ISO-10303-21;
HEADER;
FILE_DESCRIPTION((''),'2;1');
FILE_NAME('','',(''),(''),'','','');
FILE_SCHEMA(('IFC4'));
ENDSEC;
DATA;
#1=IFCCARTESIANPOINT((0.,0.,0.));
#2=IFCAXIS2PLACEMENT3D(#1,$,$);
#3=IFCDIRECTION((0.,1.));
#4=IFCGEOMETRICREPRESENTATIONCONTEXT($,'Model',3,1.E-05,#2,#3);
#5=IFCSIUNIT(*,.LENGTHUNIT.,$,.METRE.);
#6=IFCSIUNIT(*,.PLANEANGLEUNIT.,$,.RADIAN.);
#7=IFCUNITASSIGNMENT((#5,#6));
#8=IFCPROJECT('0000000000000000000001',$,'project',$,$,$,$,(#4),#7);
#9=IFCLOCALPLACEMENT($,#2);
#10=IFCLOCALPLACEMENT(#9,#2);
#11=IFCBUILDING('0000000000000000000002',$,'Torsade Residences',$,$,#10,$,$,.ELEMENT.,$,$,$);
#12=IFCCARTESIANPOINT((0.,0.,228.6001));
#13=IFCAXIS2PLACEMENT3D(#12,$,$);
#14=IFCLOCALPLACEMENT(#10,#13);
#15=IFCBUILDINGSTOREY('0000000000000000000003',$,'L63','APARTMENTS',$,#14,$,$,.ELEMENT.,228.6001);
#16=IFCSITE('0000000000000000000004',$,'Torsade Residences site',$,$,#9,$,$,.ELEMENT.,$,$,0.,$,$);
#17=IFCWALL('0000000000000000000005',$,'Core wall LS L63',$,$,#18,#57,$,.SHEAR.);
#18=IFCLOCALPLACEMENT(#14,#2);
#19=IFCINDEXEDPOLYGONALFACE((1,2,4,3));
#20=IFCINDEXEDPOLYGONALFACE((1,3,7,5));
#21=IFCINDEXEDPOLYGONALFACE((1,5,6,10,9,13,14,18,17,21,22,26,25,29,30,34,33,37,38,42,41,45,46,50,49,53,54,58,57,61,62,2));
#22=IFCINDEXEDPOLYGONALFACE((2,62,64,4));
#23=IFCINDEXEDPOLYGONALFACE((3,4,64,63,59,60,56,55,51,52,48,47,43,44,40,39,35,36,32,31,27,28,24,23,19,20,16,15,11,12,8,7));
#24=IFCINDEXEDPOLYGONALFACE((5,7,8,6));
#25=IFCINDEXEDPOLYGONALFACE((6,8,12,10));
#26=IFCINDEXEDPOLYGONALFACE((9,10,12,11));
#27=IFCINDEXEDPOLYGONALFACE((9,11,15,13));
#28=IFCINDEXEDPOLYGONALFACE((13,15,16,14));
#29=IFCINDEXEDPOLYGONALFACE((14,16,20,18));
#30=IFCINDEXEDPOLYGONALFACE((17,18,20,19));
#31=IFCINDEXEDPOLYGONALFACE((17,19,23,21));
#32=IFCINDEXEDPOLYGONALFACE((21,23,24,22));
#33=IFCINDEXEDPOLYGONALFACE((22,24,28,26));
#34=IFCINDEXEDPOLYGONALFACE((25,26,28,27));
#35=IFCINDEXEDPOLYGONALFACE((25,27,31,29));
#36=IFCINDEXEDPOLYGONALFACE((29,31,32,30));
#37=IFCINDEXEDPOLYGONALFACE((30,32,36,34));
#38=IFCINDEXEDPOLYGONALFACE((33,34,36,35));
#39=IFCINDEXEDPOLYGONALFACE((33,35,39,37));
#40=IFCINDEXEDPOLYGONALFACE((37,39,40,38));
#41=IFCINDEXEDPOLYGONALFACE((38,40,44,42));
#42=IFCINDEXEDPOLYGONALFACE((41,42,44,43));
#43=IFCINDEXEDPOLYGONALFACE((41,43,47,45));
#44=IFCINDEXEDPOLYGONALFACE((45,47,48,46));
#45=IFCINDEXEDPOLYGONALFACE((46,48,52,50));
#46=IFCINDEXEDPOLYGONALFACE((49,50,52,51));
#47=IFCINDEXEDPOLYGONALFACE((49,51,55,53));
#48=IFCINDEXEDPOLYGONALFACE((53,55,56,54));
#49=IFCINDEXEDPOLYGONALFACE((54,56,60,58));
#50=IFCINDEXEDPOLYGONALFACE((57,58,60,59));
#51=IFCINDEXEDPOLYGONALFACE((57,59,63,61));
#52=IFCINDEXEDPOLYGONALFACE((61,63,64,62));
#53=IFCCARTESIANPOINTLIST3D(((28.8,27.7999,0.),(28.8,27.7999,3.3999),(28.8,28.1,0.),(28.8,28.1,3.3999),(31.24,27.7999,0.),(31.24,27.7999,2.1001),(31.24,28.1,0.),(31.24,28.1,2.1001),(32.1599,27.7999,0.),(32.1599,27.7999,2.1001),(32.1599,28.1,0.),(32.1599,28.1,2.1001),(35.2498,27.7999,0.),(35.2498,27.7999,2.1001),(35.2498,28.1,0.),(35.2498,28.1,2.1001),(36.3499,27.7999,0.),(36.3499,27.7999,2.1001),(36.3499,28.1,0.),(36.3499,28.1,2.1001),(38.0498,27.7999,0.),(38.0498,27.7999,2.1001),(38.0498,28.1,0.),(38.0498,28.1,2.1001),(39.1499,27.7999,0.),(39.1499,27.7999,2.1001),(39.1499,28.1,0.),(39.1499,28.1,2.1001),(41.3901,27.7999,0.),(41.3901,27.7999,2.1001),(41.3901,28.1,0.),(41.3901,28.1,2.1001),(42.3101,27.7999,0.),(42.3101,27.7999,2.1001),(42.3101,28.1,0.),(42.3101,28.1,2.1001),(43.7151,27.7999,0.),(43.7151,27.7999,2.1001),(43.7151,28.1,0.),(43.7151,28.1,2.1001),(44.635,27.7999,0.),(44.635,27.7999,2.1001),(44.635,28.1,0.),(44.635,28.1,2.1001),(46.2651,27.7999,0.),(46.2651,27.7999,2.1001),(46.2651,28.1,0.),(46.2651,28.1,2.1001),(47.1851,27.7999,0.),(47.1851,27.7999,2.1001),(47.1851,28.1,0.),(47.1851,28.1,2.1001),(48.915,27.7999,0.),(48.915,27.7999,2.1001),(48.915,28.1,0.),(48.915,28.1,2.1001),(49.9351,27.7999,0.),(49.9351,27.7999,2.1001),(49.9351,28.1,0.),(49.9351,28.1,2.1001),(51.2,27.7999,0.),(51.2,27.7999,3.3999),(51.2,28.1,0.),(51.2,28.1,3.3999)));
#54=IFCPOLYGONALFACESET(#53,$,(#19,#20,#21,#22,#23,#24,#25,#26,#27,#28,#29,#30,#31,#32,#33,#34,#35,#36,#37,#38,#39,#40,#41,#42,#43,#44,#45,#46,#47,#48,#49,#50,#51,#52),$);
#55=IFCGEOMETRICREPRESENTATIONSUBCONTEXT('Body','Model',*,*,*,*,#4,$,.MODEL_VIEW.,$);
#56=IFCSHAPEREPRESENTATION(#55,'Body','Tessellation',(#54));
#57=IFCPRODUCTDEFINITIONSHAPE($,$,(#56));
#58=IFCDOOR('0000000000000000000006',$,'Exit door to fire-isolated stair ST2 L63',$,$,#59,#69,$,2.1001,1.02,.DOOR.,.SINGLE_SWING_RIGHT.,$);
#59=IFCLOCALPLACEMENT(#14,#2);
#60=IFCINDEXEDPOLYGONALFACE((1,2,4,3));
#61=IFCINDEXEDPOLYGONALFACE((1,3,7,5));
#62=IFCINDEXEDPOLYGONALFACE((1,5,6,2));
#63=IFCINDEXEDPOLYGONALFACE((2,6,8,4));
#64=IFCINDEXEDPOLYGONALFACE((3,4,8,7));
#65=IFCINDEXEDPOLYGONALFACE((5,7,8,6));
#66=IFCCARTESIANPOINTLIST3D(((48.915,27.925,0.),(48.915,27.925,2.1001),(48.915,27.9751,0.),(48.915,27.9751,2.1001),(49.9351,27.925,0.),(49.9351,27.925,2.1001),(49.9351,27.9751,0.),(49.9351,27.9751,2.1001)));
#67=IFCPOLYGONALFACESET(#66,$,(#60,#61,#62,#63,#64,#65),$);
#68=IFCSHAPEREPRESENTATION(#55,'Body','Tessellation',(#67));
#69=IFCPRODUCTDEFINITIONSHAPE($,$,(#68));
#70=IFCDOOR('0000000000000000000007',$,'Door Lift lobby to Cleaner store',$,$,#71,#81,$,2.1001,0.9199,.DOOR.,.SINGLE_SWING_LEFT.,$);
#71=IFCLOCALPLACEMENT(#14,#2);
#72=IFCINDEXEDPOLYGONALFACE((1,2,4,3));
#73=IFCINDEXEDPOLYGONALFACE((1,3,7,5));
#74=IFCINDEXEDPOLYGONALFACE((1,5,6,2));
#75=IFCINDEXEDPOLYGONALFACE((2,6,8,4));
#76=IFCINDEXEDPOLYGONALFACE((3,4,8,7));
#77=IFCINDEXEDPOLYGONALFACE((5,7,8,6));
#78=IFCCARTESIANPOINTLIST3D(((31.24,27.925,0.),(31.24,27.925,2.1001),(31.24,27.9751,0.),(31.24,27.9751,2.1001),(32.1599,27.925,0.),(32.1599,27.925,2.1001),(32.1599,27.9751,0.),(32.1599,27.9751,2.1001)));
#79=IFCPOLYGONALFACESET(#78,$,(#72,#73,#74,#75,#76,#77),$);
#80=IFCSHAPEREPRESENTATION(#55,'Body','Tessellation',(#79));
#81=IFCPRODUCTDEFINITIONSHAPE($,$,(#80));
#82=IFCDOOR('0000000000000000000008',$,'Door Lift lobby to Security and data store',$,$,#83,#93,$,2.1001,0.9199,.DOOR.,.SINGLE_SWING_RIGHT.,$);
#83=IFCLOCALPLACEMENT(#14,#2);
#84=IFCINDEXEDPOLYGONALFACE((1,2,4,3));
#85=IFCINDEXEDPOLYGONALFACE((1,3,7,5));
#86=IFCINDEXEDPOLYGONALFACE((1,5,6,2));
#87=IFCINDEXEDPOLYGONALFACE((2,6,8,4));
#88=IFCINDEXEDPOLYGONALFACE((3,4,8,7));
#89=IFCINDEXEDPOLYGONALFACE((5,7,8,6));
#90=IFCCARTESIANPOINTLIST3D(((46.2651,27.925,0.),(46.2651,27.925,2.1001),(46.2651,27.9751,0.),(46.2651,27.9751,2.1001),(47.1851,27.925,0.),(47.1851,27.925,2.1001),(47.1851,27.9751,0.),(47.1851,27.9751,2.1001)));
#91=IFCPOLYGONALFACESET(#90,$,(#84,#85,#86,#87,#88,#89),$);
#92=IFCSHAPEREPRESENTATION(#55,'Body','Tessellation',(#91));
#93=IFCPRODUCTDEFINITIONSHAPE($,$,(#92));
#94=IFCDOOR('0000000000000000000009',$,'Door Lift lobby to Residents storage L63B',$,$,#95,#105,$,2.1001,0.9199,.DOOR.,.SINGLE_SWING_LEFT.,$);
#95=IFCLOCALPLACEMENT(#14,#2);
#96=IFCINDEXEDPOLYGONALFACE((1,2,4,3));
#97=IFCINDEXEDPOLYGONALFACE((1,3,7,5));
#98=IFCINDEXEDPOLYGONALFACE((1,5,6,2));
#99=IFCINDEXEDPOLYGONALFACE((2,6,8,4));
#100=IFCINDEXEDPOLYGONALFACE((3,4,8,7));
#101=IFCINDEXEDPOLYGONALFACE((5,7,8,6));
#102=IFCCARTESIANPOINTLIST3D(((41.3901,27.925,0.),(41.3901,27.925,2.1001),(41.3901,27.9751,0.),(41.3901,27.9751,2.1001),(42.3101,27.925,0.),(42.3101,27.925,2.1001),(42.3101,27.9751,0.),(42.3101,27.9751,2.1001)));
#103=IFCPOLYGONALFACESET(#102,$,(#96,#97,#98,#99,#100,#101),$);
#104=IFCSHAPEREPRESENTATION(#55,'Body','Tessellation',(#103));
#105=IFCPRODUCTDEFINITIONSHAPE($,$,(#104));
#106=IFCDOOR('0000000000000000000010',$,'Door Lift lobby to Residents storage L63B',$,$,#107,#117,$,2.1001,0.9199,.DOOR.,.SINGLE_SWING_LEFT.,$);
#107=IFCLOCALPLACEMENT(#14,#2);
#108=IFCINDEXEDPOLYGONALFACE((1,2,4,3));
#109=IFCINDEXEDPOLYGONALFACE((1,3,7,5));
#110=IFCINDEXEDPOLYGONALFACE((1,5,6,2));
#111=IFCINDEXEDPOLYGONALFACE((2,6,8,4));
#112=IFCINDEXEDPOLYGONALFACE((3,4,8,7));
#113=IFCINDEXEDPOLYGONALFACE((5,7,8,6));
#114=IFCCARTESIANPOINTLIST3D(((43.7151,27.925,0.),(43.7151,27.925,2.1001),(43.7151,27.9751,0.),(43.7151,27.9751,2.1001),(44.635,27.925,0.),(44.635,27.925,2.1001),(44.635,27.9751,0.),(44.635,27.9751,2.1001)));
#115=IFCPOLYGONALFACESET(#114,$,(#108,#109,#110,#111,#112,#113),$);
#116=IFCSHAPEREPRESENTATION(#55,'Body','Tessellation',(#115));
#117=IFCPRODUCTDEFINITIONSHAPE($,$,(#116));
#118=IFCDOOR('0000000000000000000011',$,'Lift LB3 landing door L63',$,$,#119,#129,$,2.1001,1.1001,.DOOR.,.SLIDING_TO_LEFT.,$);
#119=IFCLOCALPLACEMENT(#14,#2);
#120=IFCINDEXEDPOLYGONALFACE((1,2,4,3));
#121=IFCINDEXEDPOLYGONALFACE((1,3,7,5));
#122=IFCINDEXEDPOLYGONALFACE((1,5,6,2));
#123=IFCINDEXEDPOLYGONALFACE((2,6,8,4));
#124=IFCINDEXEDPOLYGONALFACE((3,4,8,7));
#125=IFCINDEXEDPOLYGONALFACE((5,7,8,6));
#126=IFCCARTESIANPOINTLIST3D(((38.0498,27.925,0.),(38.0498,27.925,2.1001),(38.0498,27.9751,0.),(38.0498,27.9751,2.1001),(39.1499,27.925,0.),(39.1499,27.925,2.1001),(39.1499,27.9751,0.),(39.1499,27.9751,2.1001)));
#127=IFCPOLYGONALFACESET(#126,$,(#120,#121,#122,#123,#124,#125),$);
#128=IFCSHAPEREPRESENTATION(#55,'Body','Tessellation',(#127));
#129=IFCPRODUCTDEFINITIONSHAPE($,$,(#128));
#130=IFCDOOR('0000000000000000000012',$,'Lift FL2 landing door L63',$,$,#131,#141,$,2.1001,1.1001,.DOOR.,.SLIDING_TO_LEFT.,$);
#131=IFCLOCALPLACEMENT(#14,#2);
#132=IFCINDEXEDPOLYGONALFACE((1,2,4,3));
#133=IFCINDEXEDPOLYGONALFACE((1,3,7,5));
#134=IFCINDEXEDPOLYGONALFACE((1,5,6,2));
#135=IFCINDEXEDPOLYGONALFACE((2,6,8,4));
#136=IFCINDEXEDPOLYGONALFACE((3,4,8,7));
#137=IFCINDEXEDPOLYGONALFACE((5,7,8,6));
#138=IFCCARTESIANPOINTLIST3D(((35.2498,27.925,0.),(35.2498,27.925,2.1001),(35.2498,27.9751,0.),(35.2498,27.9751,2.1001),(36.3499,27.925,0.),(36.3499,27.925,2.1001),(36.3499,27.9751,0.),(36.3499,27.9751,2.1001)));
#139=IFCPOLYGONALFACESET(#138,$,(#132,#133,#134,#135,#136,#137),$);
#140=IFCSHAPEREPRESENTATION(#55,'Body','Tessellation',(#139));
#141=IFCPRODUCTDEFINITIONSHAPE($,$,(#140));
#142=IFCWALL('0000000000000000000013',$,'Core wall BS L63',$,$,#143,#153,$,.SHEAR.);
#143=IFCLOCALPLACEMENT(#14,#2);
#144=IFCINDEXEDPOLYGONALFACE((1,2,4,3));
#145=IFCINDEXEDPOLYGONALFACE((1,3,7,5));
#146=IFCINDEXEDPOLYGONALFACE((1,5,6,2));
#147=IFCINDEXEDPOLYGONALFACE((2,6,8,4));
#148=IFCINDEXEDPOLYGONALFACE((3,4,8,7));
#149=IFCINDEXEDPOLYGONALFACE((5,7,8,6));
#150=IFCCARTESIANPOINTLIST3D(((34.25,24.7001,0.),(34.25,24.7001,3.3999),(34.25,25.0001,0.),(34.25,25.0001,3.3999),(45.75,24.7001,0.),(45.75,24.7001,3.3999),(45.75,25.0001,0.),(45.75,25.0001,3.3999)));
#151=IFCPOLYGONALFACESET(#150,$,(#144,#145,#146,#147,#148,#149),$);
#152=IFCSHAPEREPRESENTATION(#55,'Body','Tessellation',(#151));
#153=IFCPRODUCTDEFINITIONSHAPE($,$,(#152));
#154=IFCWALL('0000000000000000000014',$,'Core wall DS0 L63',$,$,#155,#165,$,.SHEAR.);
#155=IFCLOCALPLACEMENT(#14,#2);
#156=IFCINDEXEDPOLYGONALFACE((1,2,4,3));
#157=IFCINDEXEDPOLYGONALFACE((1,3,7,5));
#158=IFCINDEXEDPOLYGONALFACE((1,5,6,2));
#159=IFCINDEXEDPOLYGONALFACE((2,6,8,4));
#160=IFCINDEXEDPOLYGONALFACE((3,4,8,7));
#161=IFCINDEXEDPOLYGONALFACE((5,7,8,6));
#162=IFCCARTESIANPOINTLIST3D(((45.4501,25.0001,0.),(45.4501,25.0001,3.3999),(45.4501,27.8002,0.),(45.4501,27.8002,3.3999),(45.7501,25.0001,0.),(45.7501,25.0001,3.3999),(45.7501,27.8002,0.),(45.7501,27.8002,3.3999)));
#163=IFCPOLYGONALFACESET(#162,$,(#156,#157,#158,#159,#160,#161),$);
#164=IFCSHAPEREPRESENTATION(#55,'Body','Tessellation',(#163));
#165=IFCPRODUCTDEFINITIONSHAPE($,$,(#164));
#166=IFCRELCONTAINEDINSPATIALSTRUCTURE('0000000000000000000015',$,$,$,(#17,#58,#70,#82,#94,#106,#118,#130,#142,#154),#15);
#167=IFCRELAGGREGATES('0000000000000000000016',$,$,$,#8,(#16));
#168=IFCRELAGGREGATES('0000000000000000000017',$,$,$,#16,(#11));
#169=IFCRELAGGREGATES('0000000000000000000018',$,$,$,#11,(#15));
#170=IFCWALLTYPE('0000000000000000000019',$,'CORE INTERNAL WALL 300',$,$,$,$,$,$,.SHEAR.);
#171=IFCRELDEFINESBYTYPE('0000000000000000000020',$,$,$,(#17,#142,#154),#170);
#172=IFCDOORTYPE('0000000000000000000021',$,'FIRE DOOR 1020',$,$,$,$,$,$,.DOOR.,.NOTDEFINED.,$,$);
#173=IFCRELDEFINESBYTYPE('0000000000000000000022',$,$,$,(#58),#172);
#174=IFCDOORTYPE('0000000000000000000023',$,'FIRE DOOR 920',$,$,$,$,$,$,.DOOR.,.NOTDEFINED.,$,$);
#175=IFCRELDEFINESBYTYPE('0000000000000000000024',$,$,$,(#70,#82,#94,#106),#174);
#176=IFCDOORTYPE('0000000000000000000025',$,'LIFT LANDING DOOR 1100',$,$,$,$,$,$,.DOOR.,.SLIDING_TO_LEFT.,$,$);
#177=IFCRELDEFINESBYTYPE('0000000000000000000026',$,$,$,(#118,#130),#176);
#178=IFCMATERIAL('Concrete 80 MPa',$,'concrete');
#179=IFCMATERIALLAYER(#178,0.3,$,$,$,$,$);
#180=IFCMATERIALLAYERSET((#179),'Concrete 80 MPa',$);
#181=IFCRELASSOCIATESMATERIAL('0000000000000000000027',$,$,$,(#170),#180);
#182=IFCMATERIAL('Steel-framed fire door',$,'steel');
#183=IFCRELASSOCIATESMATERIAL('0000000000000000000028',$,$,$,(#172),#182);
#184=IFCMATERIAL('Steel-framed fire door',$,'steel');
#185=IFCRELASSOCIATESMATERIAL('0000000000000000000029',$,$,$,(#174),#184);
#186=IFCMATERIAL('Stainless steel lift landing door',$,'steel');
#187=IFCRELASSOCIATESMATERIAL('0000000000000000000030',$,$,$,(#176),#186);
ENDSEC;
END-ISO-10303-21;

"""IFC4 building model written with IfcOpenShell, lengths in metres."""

from ifc_helpers import new_model, si_unit, direction, frame, frame_2d, origin, place, context, subcontext, project, spatial, rectangle, extrude, material, layer, layer_set, type_object, element, fill, save


model = new_model("IFC4")

# Units and contexts
model_context = context("Model", 3, precision=1e-05, world=origin(), true_north=direction((0.0, 1.0)))
body_context = subcontext(model_context, "Body", "Model", "MODEL_VIEW")
ifc_project = project(units=[si_unit("LENGTHUNIT", "METRE"), si_unit("PLANEANGLEUNIT", "RADIAN")], contexts=[model_context])

# Site, building, storey
site_placement = place(None, origin())
site = spatial("IfcSite", under=ifc_project, at=site_placement, Name="Torsade Residences site", CompositionType="ELEMENT", RefElevation=0.0)
building_placement = place(site_placement, origin())
building = spatial("IfcBuilding", under=site, at=building_placement, Name="Torsade Residences", CompositionType="ELEMENT")
storey_placement = place(building_placement, frame((0.0, 0.0, 228.6001)))
storey = spatial("IfcBuildingStorey", under=building, at=storey_placement, Name="L63", Description="APARTMENTS", CompositionType="ELEMENT", Elevation=228.6001)

# Wall, openings, doors
ifc_material_1 = material(Name="Concrete 80 MPa", Category="concrete")
ifc_layer_1 = layer(ifc_material_1, 0.3)
ifc_layer_set_1 = layer_set([ifc_layer_1], Name="Concrete 80 MPa")
wall_type_1 = type_object("IfcWallType", Name="CORE INTERNAL WALL 300", PredefinedType="SHEAR", material=ifc_layer_set_1)
wall_1_placement = place(storey_placement, frame((51.2, 27.95, 0.0), z_axis=(0.0, 0.0, 1.0), x_axis=(-1.0, 0.0, 0.0)))
wall_1 = element("IfcWall", 1, at=wall_1_placement, inside=storey, type_object=wall_type_1, Name="Core wall LS L63", PredefinedType="SHEAR", context=body_context, shape_type="SweptSolid", body=[
    extrude(rectangle(XDim=22.3999, YDim=0.3, at=frame_2d((11.2, 0.0))), origin(), (0.0, 0.0, 1.0), 3.3999),
])
opening_1_placement = place(wall_1_placement, frame((19.04, 0.0, 0.0)))
opening_1 = element("IfcOpeningElement", 2, at=opening_1_placement, cuts=wall_1, PredefinedType="OPENING", context=body_context, shape_type="SweptSolid", body=[
    extrude(rectangle(XDim=0.9199, YDim=2.1001, at=frame_2d((0.46, 1.05))), frame((0.0, 0.1599, 0.0), z_axis=(0.0, -1.0, 0.0), x_axis=(1.0, 0.0, 0.0)), (0.0, 0.0, 1.0), 0.3201),
])
opening_2_placement = place(wall_1_placement, frame((1.2649, 0.0, 0.0)))
opening_2 = element("IfcOpeningElement", 3, at=opening_2_placement, cuts=wall_1, PredefinedType="OPENING", context=body_context, shape_type="SweptSolid", body=[
    extrude(rectangle(XDim=1.02, YDim=2.1001, at=frame_2d((0.51, 1.05))), frame((0.0, 0.1599, 0.0), z_axis=(0.0, -1.0, 0.0), x_axis=(1.0, 0.0, 0.0)), (0.0, 0.0, 1.0), 0.3201),
])
opening_3_placement = place(wall_1_placement, frame((4.0149, 0.0, 0.0)))
opening_3 = element("IfcOpeningElement", 4, at=opening_3_placement, cuts=wall_1, PredefinedType="OPENING", context=body_context, shape_type="SweptSolid", body=[
    extrude(rectangle(XDim=0.9199, YDim=2.1001, at=frame_2d((0.46, 1.05))), frame((0.0, 0.1599, 0.0), z_axis=(0.0, -1.0, 0.0), x_axis=(1.0, 0.0, 0.0)), (0.0, 0.0, 1.0), 0.3201),
])
opening_4_placement = place(wall_1_placement, frame((8.8899, 0.0, 0.0)))
opening_4 = element("IfcOpeningElement", 5, at=opening_4_placement, cuts=wall_1, PredefinedType="OPENING", context=body_context, shape_type="SweptSolid", body=[
    extrude(rectangle(XDim=0.9199, YDim=2.1001, at=frame_2d((0.46, 1.05))), frame((0.0, 0.1599, 0.0), z_axis=(0.0, -1.0, 0.0), x_axis=(1.0, 0.0, 0.0)), (0.0, 0.0, 1.0), 0.3201),
])
opening_5_placement = place(wall_1_placement, frame((6.5649, 0.0, 0.0)))
opening_5 = element("IfcOpeningElement", 6, at=opening_5_placement, cuts=wall_1, PredefinedType="OPENING", context=body_context, shape_type="SweptSolid", body=[
    extrude(rectangle(XDim=0.9199, YDim=2.1001, at=frame_2d((0.46, 1.05))), frame((0.0, 0.1599, 0.0), z_axis=(0.0, -1.0, 0.0), x_axis=(1.0, 0.0, 0.0)), (0.0, 0.0, 1.0), 0.3201),
])
opening_6_placement = place(wall_1_placement, frame((12.05, 0.0, 0.0)))
opening_6 = element("IfcOpeningElement", 7, at=opening_6_placement, cuts=wall_1, PredefinedType="OPENING", context=body_context, shape_type="SweptSolid", body=[
    extrude(rectangle(XDim=1.1001, YDim=2.1001, at=frame_2d((0.55, 1.05))), frame((0.0, 0.1599, 0.0), z_axis=(0.0, -1.0, 0.0), x_axis=(1.0, 0.0, 0.0)), (0.0, 0.0, 1.0), 0.3201),
])
opening_7_placement = place(wall_1_placement, frame((14.8501, 0.0, 0.0)))
opening_7 = element("IfcOpeningElement", 8, at=opening_7_placement, cuts=wall_1, PredefinedType="OPENING", context=body_context, shape_type="SweptSolid", body=[
    extrude(rectangle(XDim=1.1001, YDim=2.1001, at=frame_2d((0.55, 1.05))), frame((0.0, 0.1599, 0.0), z_axis=(0.0, -1.0, 0.0), x_axis=(1.0, 0.0, 0.0)), (0.0, 0.0, 1.0), 0.3201),
])
ifc_material_2 = material(Name="Steel-framed fire door", Category="steel")
door_type_1 = type_object("IfcDoorType", Name="FIRE DOOR 1020", OperationType="NOTDEFINED", PredefinedType="DOOR", material=ifc_material_2)
door_1_placement = place(opening_2_placement, origin())
door_1 = element("IfcDoor", 9, at=door_1_placement, inside=storey, type_object=door_type_1, Name="Exit door to fire-isolated stair ST2 L63", OperationType="SINGLE_SWING_RIGHT", OverallHeight=2.1001, OverallWidth=1.02, PredefinedType="DOOR", context=body_context, shape_type="SweptSolid", body=[
    extrude(rectangle(XDim=1.02, YDim=2.1001, at=frame_2d((0.51, 1.05))), frame((0.0, 0.0249, 0.0), z_axis=(0.0, -1.0, 0.0), x_axis=(1.0, 0.0, 0.0)), (0.0, 0.0, 1.0), 0.05),
])
fill(opening_2, door_1)
ifc_material_3 = material(Name="Steel-framed fire door", Category="steel")
door_type_2 = type_object("IfcDoorType", Name="FIRE DOOR 920", OperationType="NOTDEFINED", PredefinedType="DOOR", material=ifc_material_3)
door_2_placement = place(opening_1_placement, origin())
door_2 = element("IfcDoor", 10, at=door_2_placement, inside=storey, type_object=door_type_2, Name="Door Lift lobby to Cleaner store", OperationType="SINGLE_SWING_LEFT", OverallHeight=2.1001, OverallWidth=0.9199, PredefinedType="DOOR", context=body_context, shape_type="SweptSolid", body=[
    extrude(rectangle(XDim=0.9199, YDim=2.1001, at=frame_2d((0.46, 1.05))), frame((0.0, 0.0249, 0.0), z_axis=(0.0, -1.0, 0.0), x_axis=(1.0, 0.0, 0.0)), (0.0, 0.0, 1.0), 0.05),
])
fill(opening_1, door_2)
door_3_placement = place(opening_3_placement, origin())
door_3 = element("IfcDoor", 11, at=door_3_placement, inside=storey, type_object=door_type_2, Name="Door Lift lobby to Security and data store", OperationType="SINGLE_SWING_RIGHT", OverallHeight=2.1001, OverallWidth=0.9199, PredefinedType="DOOR", context=body_context, shape_type="SweptSolid", body=[
    extrude(rectangle(XDim=0.9199, YDim=2.1001, at=frame_2d((0.46, 1.05))), frame((0.0, 0.0249, 0.0), z_axis=(0.0, -1.0, 0.0), x_axis=(1.0, 0.0, 0.0)), (0.0, 0.0, 1.0), 0.05),
])
fill(opening_3, door_3)
door_4_placement = place(opening_4_placement, origin())
door_4 = element("IfcDoor", 12, at=door_4_placement, inside=storey, type_object=door_type_2, Name="Door Lift lobby to Residents storage L63B", OperationType="SINGLE_SWING_LEFT", OverallHeight=2.1001, OverallWidth=0.9199, PredefinedType="DOOR", context=body_context, shape_type="SweptSolid", body=[
    extrude(rectangle(XDim=0.9199, YDim=2.1001, at=frame_2d((0.46, 1.05))), frame((0.0, 0.0249, 0.0), z_axis=(0.0, -1.0, 0.0), x_axis=(1.0, 0.0, 0.0)), (0.0, 0.0, 1.0), 0.05),
])
fill(opening_4, door_4)
door_5_placement = place(opening_5_placement, origin())
door_5 = element("IfcDoor", 13, at=door_5_placement, inside=storey, type_object=door_type_2, Name="Door Lift lobby to Residents storage L63B", OperationType="SINGLE_SWING_LEFT", OverallHeight=2.1001, OverallWidth=0.9199, PredefinedType="DOOR", context=body_context, shape_type="SweptSolid", body=[
    extrude(rectangle(XDim=0.9199, YDim=2.1001, at=frame_2d((0.46, 1.05))), frame((0.0, 0.0249, 0.0), z_axis=(0.0, -1.0, 0.0), x_axis=(1.0, 0.0, 0.0)), (0.0, 0.0, 1.0), 0.05),
])
fill(opening_5, door_5)
ifc_material_4 = material(Name="Stainless steel lift landing door", Category="steel")
door_type_3 = type_object("IfcDoorType", Name="LIFT LANDING DOOR 1100", OperationType="SLIDING_TO_LEFT", PredefinedType="DOOR", material=ifc_material_4)
door_6_placement = place(opening_6_placement, origin())
door_6 = element("IfcDoor", 14, at=door_6_placement, inside=storey, type_object=door_type_3, Name="Lift LB3 landing door L63", OperationType="SLIDING_TO_LEFT", OverallHeight=2.1001, OverallWidth=1.1001, PredefinedType="DOOR", context=body_context, shape_type="SweptSolid", body=[
    extrude(rectangle(XDim=1.1001, YDim=2.1001, at=frame_2d((0.55, 1.05))), frame((0.0, 0.0249, 0.0), z_axis=(0.0, -1.0, 0.0), x_axis=(1.0, 0.0, 0.0)), (0.0, 0.0, 1.0), 0.05),
])
fill(opening_6, door_6)
door_7_placement = place(opening_7_placement, origin())
door_7 = element("IfcDoor", 15, at=door_7_placement, inside=storey, type_object=door_type_3, Name="Lift FL2 landing door L63", OperationType="SLIDING_TO_LEFT", OverallHeight=2.1001, OverallWidth=1.1001, PredefinedType="DOOR", context=body_context, shape_type="SweptSolid", body=[
    extrude(rectangle(XDim=1.1001, YDim=2.1001, at=frame_2d((0.55, 1.05))), frame((0.0, 0.0249, 0.0), z_axis=(0.0, -1.0, 0.0), x_axis=(1.0, 0.0, 0.0)), (0.0, 0.0, 1.0), 0.05),
])
fill(opening_7, door_7)

# Walls
wall_2_placement = place(storey_placement, frame((45.75, 24.8501, 0.0), z_axis=(0.0, 0.0, 1.0), x_axis=(-1.0, 0.0, 0.0)))
element("IfcWall", 16, at=wall_2_placement, inside=storey, type_object=wall_type_1, Name="Core wall BS L63", PredefinedType="SHEAR", context=body_context, shape_type="SweptSolid", body=[
    extrude(rectangle(XDim=11.5, YDim=0.3, at=frame_2d((5.75, 0.0))), origin(), (0.0, 0.0, 1.0), 3.3999),
])
wall_3_placement = place(storey_placement, frame((45.6001, 27.8, 0.0), z_axis=(0.0, 0.0, 1.0), x_axis=(0.0, -1.0, 0.0)))
element("IfcWall", 17, at=wall_3_placement, inside=storey, type_object=wall_type_1, Name="Core wall DS0 L63", PredefinedType="SHEAR", context=body_context, shape_type="SweptSolid", body=[
    extrude(rectangle(XDim=2.8, YDim=0.3, at=frame_2d((1.3999, 0.0))), origin(), (0.0, 0.0, 1.0), 3.3999),
])

save(model, "model.ifc")
